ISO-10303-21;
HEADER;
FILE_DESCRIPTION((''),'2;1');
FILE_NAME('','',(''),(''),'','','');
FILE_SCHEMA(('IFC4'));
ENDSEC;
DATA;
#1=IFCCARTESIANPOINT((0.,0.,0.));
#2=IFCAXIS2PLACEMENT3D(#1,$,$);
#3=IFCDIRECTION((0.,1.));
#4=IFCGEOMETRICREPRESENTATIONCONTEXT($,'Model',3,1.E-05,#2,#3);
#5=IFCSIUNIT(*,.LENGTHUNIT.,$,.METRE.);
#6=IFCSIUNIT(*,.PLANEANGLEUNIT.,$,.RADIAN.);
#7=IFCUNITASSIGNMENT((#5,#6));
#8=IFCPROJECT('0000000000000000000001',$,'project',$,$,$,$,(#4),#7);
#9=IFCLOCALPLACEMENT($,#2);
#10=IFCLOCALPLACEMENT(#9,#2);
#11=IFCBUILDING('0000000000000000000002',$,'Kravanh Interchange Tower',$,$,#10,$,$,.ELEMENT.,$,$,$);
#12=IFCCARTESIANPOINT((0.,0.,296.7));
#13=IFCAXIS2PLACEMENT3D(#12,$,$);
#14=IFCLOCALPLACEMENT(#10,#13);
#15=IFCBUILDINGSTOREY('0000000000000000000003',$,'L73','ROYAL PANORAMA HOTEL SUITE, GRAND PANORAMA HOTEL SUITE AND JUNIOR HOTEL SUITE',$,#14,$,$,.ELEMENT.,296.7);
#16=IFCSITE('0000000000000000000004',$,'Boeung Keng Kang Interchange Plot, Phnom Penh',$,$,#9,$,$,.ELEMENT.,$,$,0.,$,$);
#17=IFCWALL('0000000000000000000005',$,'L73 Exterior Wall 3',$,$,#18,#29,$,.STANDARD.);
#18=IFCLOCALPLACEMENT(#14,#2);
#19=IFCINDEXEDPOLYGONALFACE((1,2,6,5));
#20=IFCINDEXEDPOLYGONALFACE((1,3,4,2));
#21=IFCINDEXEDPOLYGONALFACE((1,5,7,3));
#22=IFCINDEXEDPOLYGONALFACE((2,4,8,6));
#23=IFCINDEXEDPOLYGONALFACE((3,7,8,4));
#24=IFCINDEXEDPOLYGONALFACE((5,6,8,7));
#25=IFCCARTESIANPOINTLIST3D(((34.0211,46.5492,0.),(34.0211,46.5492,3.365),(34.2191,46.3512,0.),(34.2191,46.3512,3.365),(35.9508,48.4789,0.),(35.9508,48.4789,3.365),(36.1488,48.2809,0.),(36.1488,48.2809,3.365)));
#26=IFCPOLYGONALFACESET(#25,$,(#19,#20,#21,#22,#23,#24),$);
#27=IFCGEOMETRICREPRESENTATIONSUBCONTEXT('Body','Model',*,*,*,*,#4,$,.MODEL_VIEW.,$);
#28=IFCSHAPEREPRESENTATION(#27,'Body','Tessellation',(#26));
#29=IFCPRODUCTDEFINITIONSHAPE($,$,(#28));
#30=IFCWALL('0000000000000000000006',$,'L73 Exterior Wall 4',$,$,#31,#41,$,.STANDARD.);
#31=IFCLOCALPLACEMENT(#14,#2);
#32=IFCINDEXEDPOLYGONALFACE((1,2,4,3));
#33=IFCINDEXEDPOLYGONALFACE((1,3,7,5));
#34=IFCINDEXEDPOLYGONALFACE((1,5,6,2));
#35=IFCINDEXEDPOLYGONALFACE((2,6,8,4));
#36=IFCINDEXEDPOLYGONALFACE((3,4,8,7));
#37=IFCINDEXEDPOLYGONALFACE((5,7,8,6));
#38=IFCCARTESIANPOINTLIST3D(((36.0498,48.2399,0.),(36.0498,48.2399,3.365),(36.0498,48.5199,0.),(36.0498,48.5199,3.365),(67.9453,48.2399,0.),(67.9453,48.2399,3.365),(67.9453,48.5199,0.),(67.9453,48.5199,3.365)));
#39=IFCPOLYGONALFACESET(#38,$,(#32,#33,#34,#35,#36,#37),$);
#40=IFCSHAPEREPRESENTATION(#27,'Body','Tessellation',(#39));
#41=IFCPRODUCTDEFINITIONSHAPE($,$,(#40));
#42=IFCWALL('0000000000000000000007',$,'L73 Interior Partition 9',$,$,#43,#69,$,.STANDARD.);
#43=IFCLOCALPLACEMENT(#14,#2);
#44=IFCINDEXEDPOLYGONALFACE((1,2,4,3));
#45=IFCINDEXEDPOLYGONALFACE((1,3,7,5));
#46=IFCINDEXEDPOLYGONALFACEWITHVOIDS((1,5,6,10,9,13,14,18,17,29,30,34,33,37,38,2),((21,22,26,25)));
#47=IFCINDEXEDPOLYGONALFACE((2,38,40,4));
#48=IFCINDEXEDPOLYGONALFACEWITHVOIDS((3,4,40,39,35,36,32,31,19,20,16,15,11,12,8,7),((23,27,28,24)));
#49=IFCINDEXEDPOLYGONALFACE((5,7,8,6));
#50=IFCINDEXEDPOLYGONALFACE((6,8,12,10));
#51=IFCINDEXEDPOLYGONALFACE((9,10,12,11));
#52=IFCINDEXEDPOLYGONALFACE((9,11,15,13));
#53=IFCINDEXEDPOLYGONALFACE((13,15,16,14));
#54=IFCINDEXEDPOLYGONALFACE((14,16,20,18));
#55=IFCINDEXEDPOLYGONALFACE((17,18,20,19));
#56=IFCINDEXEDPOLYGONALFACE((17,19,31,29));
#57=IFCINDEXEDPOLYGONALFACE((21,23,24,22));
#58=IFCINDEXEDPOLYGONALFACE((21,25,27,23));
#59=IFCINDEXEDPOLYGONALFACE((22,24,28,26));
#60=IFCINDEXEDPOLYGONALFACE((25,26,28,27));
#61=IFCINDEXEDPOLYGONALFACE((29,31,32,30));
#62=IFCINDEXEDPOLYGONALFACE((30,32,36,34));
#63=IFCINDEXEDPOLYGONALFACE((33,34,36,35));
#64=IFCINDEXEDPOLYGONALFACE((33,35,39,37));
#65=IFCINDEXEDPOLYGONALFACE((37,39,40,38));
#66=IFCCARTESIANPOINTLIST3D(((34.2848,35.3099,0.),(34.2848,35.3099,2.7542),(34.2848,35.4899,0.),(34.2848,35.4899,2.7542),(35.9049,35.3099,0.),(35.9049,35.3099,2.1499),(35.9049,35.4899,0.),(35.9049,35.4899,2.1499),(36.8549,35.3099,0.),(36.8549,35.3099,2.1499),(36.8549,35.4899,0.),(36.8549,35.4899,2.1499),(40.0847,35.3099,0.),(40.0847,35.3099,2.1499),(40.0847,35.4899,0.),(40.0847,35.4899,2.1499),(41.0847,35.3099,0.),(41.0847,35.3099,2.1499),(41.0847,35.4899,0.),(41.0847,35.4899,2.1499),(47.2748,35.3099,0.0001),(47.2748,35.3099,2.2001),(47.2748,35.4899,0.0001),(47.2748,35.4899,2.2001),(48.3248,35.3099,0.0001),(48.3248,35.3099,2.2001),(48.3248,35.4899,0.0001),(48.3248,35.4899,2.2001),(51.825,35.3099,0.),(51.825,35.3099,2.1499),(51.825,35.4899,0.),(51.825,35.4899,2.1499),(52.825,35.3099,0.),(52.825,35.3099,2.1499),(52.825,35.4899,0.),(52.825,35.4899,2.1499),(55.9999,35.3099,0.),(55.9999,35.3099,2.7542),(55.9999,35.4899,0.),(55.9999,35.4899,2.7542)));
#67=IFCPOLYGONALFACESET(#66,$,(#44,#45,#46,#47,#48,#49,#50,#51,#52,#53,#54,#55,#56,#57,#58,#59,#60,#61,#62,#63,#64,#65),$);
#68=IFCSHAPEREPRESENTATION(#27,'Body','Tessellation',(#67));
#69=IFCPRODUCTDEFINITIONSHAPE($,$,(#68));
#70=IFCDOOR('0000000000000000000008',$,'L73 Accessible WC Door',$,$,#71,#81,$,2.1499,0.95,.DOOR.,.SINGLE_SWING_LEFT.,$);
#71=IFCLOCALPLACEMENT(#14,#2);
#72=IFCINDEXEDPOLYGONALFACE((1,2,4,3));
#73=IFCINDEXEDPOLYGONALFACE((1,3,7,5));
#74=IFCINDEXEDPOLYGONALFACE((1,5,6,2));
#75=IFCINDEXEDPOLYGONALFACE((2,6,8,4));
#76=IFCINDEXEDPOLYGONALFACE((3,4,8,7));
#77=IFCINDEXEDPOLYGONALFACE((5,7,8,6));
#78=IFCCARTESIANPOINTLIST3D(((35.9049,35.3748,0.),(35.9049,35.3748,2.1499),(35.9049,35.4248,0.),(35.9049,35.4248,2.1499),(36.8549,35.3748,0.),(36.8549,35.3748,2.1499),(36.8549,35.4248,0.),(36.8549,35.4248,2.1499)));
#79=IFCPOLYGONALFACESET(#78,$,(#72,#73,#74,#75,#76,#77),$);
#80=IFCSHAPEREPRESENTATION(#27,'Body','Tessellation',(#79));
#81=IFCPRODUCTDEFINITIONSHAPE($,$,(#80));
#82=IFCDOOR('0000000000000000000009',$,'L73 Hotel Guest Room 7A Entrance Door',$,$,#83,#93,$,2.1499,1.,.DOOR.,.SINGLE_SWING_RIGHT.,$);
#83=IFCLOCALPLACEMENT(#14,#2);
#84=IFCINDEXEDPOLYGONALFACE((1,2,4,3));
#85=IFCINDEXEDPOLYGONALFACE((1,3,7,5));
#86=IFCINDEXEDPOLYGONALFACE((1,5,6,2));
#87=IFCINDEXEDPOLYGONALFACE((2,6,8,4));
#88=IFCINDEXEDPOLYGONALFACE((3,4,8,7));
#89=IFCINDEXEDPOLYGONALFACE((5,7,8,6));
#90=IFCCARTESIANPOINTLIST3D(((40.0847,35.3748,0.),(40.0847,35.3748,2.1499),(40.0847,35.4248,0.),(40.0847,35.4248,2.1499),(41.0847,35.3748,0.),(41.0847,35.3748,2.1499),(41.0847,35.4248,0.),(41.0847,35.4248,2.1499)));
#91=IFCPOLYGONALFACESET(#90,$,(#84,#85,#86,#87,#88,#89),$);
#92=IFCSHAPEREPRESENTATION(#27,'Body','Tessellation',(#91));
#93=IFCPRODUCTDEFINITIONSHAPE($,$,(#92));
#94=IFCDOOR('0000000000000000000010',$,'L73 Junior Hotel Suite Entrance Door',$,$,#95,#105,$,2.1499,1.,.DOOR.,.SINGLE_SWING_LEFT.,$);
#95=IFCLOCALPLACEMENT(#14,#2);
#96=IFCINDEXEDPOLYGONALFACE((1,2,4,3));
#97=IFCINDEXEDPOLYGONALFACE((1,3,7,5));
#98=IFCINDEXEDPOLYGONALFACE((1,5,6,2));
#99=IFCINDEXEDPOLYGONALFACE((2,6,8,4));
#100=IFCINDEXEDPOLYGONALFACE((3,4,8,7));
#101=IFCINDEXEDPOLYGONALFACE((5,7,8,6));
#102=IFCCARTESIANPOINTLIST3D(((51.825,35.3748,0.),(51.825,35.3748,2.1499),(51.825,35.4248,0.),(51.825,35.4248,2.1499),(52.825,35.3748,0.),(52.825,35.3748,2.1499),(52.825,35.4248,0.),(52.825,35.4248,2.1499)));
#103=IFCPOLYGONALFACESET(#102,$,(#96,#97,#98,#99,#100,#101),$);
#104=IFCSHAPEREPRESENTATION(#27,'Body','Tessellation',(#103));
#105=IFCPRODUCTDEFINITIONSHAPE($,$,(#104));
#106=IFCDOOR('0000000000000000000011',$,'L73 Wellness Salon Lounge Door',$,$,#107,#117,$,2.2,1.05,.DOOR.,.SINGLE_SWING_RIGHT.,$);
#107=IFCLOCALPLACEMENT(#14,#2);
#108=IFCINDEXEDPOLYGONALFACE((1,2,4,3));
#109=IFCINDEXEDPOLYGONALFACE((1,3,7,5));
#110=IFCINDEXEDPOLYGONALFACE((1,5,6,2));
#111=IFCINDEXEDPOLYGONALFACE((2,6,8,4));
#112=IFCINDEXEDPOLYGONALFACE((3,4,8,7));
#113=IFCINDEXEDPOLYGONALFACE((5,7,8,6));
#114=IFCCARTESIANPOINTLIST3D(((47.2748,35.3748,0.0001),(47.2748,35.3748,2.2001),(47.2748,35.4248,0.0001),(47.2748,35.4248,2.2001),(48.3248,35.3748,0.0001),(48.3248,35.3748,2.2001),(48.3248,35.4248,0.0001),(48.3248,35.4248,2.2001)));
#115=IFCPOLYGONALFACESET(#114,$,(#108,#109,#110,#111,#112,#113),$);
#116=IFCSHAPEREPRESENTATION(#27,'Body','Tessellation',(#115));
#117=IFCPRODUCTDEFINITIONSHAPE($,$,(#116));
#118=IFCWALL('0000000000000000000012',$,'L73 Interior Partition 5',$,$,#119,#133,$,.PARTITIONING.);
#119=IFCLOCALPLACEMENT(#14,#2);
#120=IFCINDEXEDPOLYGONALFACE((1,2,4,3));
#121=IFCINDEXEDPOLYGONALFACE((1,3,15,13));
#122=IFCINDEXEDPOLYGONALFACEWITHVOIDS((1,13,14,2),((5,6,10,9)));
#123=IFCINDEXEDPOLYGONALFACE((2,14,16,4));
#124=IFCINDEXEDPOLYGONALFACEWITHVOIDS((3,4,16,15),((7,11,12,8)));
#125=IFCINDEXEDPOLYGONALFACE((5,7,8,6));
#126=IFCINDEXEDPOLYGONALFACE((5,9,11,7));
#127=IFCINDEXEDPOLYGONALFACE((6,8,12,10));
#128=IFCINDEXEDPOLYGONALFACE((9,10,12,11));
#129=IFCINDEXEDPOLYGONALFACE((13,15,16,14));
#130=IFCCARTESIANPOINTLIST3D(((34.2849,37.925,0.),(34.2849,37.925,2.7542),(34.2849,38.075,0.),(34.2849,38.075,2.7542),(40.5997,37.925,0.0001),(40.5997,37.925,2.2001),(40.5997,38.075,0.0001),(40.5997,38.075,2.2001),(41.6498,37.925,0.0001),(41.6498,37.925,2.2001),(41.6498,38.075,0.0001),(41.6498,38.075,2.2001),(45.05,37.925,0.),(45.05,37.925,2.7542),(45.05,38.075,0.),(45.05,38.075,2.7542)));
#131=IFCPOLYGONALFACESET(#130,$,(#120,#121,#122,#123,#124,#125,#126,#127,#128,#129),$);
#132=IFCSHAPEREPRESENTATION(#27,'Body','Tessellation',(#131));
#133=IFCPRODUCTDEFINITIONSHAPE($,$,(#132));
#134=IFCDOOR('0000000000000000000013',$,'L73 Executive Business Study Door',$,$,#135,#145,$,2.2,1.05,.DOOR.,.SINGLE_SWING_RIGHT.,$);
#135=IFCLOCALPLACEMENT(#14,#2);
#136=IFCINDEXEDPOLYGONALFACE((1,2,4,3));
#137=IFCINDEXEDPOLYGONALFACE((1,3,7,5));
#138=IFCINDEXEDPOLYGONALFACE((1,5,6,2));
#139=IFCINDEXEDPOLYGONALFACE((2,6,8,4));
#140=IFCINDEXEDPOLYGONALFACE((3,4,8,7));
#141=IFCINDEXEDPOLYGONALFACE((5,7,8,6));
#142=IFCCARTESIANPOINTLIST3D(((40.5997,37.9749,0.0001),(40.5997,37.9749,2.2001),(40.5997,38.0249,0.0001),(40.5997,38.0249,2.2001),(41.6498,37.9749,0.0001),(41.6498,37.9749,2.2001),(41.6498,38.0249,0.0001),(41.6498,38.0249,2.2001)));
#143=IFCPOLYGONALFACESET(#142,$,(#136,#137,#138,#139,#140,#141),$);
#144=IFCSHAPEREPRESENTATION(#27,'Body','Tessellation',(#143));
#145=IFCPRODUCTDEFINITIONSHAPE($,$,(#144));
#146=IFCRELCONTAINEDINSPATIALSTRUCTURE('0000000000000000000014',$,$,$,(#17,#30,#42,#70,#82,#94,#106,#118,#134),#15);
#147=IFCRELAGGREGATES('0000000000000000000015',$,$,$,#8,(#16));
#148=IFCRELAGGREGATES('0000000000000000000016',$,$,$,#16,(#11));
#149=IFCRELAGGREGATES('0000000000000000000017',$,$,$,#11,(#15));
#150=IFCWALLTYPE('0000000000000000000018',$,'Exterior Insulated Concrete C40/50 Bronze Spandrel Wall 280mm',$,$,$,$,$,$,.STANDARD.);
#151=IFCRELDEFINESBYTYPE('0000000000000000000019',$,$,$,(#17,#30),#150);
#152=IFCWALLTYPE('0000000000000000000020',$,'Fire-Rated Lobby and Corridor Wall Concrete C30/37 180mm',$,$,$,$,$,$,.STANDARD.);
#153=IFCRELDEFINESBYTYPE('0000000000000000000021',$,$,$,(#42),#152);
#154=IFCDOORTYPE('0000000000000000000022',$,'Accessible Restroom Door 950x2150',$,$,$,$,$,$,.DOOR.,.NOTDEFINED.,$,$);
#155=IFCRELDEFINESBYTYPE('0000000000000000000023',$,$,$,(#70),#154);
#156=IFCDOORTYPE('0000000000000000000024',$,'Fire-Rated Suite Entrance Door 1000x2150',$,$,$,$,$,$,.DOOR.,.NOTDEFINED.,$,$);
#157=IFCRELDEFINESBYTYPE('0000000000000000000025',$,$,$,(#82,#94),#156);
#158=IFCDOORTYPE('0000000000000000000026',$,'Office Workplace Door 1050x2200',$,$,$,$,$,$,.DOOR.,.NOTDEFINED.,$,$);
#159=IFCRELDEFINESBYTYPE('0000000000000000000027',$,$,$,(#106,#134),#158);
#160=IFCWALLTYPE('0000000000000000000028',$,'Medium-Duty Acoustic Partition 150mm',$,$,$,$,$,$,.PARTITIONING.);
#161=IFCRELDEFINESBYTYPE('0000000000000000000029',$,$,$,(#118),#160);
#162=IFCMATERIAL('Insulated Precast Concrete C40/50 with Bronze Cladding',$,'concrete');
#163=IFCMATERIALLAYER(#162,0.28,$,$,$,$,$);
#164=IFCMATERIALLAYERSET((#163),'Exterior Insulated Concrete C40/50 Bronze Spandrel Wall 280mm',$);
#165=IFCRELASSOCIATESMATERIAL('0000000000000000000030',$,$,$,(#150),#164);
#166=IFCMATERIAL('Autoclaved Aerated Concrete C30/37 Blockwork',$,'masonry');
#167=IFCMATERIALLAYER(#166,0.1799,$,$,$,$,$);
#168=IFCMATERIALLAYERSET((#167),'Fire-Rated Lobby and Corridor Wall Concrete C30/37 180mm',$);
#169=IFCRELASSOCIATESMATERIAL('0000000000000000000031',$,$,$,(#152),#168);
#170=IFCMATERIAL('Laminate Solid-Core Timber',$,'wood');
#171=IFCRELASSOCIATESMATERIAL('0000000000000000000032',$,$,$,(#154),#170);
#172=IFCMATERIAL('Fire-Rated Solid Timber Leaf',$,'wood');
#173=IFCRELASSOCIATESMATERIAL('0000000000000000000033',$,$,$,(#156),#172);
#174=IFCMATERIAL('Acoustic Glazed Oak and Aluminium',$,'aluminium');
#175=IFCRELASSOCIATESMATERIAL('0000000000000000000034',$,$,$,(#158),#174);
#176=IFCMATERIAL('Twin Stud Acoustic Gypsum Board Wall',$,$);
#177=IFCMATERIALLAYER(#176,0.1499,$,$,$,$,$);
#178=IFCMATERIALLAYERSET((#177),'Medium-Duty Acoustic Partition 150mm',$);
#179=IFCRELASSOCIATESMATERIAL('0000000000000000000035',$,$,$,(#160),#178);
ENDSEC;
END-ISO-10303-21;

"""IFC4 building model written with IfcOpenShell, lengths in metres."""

from ifc_helpers import new_model, si_unit, direction, frame, frame_2d, origin, place, context, subcontext, project, spatial, rectangle, extrude, material, layer, layer_set, type_object, element, fill, save


model = new_model("IFC4")

# Units and contexts
model_context = context("Model", 3, precision=1e-05, world=origin(), true_north=direction((0.0, 1.0)))
body_context = subcontext(model_context, "Body", "Model", "MODEL_VIEW")
ifc_project = project(units=[si_unit("LENGTHUNIT", "METRE"), si_unit("PLANEANGLEUNIT", "RADIAN")], contexts=[model_context])

# Site, building, storey
site_placement = place(None, origin())
site = spatial("IfcSite", under=ifc_project, at=site_placement, Name="Boeung Keng Kang Interchange Plot, Phnom Penh", CompositionType="ELEMENT", RefElevation=0.0)
building_placement = place(site_placement, origin())
building = spatial("IfcBuilding", under=site, at=building_placement, Name="Kravanh Interchange Tower", CompositionType="ELEMENT")
storey_placement = place(building_placement, frame((0.0, 0.0, 296.7)))
storey = spatial("IfcBuildingStorey", under=building, at=storey_placement, Name="L73", Description="ROYAL PANORAMA HOTEL SUITE, GRAND PANORAMA HOTEL SUITE AND JUNIOR HOTEL SUITE", CompositionType="ELEMENT", Elevation=296.7)

# Walls
ifc_material_1 = material(Name="Insulated Precast Concrete C40/50 with Bronze Cladding", Category="concrete")
ifc_layer_1 = layer(ifc_material_1, 0.28)
ifc_layer_set_1 = layer_set([ifc_layer_1], Name="Exterior Insulated Concrete C40/50 Bronze Spandrel Wall 280mm")
wall_type_1 = type_object("IfcWallType", Name="Exterior Insulated Concrete C40/50 Bronze Spandrel Wall 280mm", PredefinedType="STANDARD", material=ifc_layer_set_1)
wall_1_placement = place(storey_placement, frame((34.1201, 46.4502, 0.0), z_axis=(0.0, 0.0, 1.0), x_axis=(0.707107, 0.707107, 0.0)))
element("IfcWall", 1, at=wall_1_placement, inside=storey, type_object=wall_type_1, Name="L73 Exterior Wall 3", PredefinedType="STANDARD", context=body_context, shape_type="SweptSolid", body=[
    extrude(rectangle(XDim=2.729, YDim=0.28, at=frame_2d((1.3645, 0.0))), origin(), (0.0, 0.0, 1.0), 3.365),
])
wall_2_placement = place(storey_placement, frame((36.0498, 48.3799, 0.0), z_axis=(0.0, 0.0, 1.0), x_axis=(1.0, 0.0, 0.0)))
element("IfcWall", 2, at=wall_2_placement, inside=storey, type_object=wall_type_1, Name="L73 Exterior Wall 4", PredefinedType="STANDARD", context=body_context, shape_type="SweptSolid", body=[
    extrude(rectangle(XDim=31.8955, YDim=0.28, at=frame_2d((15.9478, 0.0))), origin(), (0.0, 0.0, 1.0), 3.365),
])

# Wall, openings, doors
ifc_material_2 = material(Name="Autoclaved Aerated Concrete C30/37 Blockwork", Category="masonry")
ifc_layer_2 = layer(ifc_material_2, 0.1799)
ifc_layer_set_2 = layer_set([ifc_layer_2], Name="Fire-Rated Lobby and Corridor Wall Concrete C30/37 180mm")
wall_type_2 = type_object("IfcWallType", Name="Fire-Rated Lobby and Corridor Wall Concrete C30/37 180mm", PredefinedType="STANDARD", material=ifc_layer_set_2)
wall_3_placement = place(storey_placement, frame((34.2849, 35.3999, 0.0), z_axis=(0.0, 0.0, 1.0), x_axis=(1.0, 0.0, 0.0)))
wall_3 = element("IfcWall", 3, at=wall_3_placement, inside=storey, type_object=wall_type_2, Name="L73 Interior Partition 9", PredefinedType="STANDARD", context=body_context, shape_type="SweptSolid", body=[
    extrude(rectangle(XDim=21.7151, YDim=0.1799, at=frame_2d((10.8574, 0.0))), origin(), (0.0, 0.0, 1.0), 2.7542),
])
opening_1_placement = place(wall_3_placement, frame((1.6199, 0.0, 0.0)))
opening_1 = element("IfcOpeningElement", 4, at=opening_1_placement, cuts=wall_3, PredefinedType="OPENING", context=body_context, shape_type="SweptSolid", body=[
    extrude(rectangle(XDim=0.95, YDim=2.1499, at=frame_2d((0.4751, 1.075))), frame((0.0, 0.1001, 0.0), z_axis=(0.0, -1.0, 0.0), x_axis=(1.0, 0.0, 0.0)), (0.0, 0.0, 1.0), 0.2),
])
opening_2_placement = place(wall_3_placement, frame((5.7998, 0.0, 0.0)))
opening_2 = element("IfcOpeningElement", 5, at=opening_2_placement, cuts=wall_3, PredefinedType="OPENING", context=body_context, shape_type="SweptSolid", body=[
    extrude(rectangle(XDim=1.0, YDim=2.1499, at=frame_2d((0.5, 1.075))), frame((0.0, 0.1001, 0.0), z_axis=(0.0, -1.0, 0.0), x_axis=(1.0, 0.0, 0.0)), (0.0, 0.0, 1.0), 0.2),
])
opening_3_placement = place(wall_3_placement, frame((12.99, 0.0, 0.0)))
opening_3 = element("IfcOpeningElement", 6, at=opening_3_placement, cuts=wall_3, PredefinedType="OPENING", context=body_context, shape_type="SweptSolid", body=[
    extrude(rectangle(XDim=1.05, YDim=2.2, at=frame_2d((0.5249, 1.1001))), frame((0.0, 0.1001, 0.0), z_axis=(0.0, -1.0, 0.0), x_axis=(1.0, 0.0, 0.0)), (0.0, 0.0, 1.0), 0.2),
])
opening_4_placement = place(wall_3_placement, frame((17.54, 0.0, 0.0)))
opening_4 = element("IfcOpeningElement", 7, at=opening_4_placement, cuts=wall_3, PredefinedType="OPENING", context=body_context, shape_type="SweptSolid", body=[
    extrude(rectangle(XDim=1.0, YDim=2.1499, at=frame_2d((0.5, 1.075))), frame((0.0, 0.1001, 0.0), z_axis=(0.0, -1.0, 0.0), x_axis=(1.0, 0.0, 0.0)), (0.0, 0.0, 1.0), 0.2),
])
ifc_material_3 = material(Name="Laminate Solid-Core Timber", Category="wood")
door_type_1 = type_object("IfcDoorType", Name="Accessible Restroom Door 950x2150", OperationType="NOTDEFINED", PredefinedType="DOOR", material=ifc_material_3)
door_1_placement = place(opening_1_placement, origin())
door_1 = element("IfcDoor", 8, at=door_1_placement, inside=storey, type_object=door_type_1, Name="L73 Accessible WC Door", OperationType="SINGLE_SWING_LEFT", OverallHeight=2.1499, OverallWidth=0.95, PredefinedType="DOOR", context=body_context, shape_type="SweptSolid", body=[
    extrude(rectangle(XDim=0.95, YDim=2.1499, at=frame_2d((0.4751, 1.075))), frame((0.0, 0.0249, 0.0), z_axis=(0.0, -1.0, 0.0), x_axis=(1.0, 0.0, 0.0)), (0.0, 0.0, 1.0), 0.05),
])
fill(opening_1, door_1)
ifc_material_4 = material(Name="Fire-Rated Solid Timber Leaf", Category="wood")
door_type_2 = type_object("IfcDoorType", Name="Fire-Rated Suite Entrance Door 1000x2150", OperationType="NOTDEFINED", PredefinedType="DOOR", material=ifc_material_4)
door_2_placement = place(opening_2_placement, origin())
door_2 = element("IfcDoor", 9, at=door_2_placement, inside=storey, type_object=door_type_2, Name="L73 Hotel Guest Room 7A Entrance Door", OperationType="SINGLE_SWING_RIGHT", OverallHeight=2.1499, OverallWidth=1.0, PredefinedType="DOOR", context=body_context, shape_type="SweptSolid", body=[
    extrude(rectangle(XDim=1.0, YDim=2.1499, at=frame_2d((0.5, 1.075))), frame((0.0, 0.0249, 0.0), z_axis=(0.0, -1.0, 0.0), x_axis=(1.0, 0.0, 0.0)), (0.0, 0.0, 1.0), 0.05),
])
fill(opening_2, door_2)
door_3_placement = place(opening_4_placement, origin())
door_3 = element("IfcDoor", 10, at=door_3_placement, inside=storey, type_object=door_type_2, Name="L73 Junior Hotel Suite Entrance Door", OperationType="SINGLE_SWING_LEFT", OverallHeight=2.1499, OverallWidth=1.0, PredefinedType="DOOR", context=body_context, shape_type="SweptSolid", body=[
    extrude(rectangle(XDim=1.0, YDim=2.1499, at=frame_2d((0.5, 1.075))), frame((0.0, 0.0249, 0.0), z_axis=(0.0, -1.0, 0.0), x_axis=(1.0, 0.0, 0.0)), (0.0, 0.0, 1.0), 0.05),
])
fill(opening_4, door_3)
ifc_material_5 = material(Name="Acoustic Glazed Oak and Aluminium", Category="aluminium")
door_type_3 = type_object("IfcDoorType", Name="Office Workplace Door 1050x2200", OperationType="NOTDEFINED", PredefinedType="DOOR", material=ifc_material_5)
door_4_placement = place(opening_3_placement, origin())
door_4 = element("IfcDoor", 11, at=door_4_placement, inside=storey, type_object=door_type_3, Name="L73 Wellness Salon Lounge Door", OperationType="SINGLE_SWING_RIGHT", OverallHeight=2.2, OverallWidth=1.05, PredefinedType="DOOR", context=body_context, shape_type="SweptSolid", body=[
    extrude(rectangle(XDim=1.05, YDim=2.2, at=frame_2d((0.5249, 1.1001))), frame((0.0, 0.0249, 0.0), z_axis=(0.0, -1.0, 0.0), x_axis=(1.0, 0.0, 0.0)), (0.0, 0.0, 1.0), 0.05),
])
fill(opening_3, door_4)

# Wall, opening, door
ifc_material_6 = material(Name="Twin Stud Acoustic Gypsum Board Wall")
ifc_layer_3 = layer(ifc_material_6, 0.1499)
ifc_layer_set_3 = layer_set([ifc_layer_3], Name="Medium-Duty Acoustic Partition 150mm")
wall_type_3 = type_object("IfcWallType", Name="Medium-Duty Acoustic Partition 150mm", PredefinedType="PARTITIONING", material=ifc_layer_set_3)
wall_4_placement = place(storey_placement, frame((34.2849, 38.0, 0.0), z_axis=(0.0, 0.0, 1.0), x_axis=(1.0, 0.0, 0.0)))
wall_4 = element("IfcWall", 12, at=wall_4_placement, inside=storey, type_object=wall_type_3, Name="L73 Interior Partition 5", PredefinedType="PARTITIONING", context=body_context, shape_type="SweptSolid", body=[
    extrude(rectangle(XDim=10.7651, YDim=0.1499, at=frame_2d((5.3826, 0.0))), origin(), (0.0, 0.0, 1.0), 2.7542),
])
opening_5_placement = place(wall_4_placement, frame((6.3149, 0.0, 0.0)))
opening_5 = element("IfcOpeningElement", 13, at=opening_5_placement, cuts=wall_4, PredefinedType="OPENING", context=body_context, shape_type="SweptSolid", body=[
    extrude(rectangle(XDim=1.05, YDim=2.2, at=frame_2d((0.5249, 1.1001))), frame((0.0, 0.085, 0.0), z_axis=(0.0, -1.0, 0.0), x_axis=(1.0, 0.0, 0.0)), (0.0, 0.0, 1.0), 0.1699),
])
door_5_placement = place(opening_5_placement, origin())
door_5 = element("IfcDoor", 14, at=door_5_placement, inside=storey, type_object=door_type_3, Name="L73 Executive Business Study Door", OperationType="SINGLE_SWING_RIGHT", OverallHeight=2.2, OverallWidth=1.05, PredefinedType="DOOR", context=body_context, shape_type="SweptSolid", body=[
    extrude(rectangle(XDim=1.05, YDim=2.2, at=frame_2d((0.5249, 1.1001))), frame((0.0, 0.0249, 0.0), z_axis=(0.0, -1.0, 0.0), x_axis=(1.0, 0.0, 0.0)), (0.0, 0.0, 1.0), 0.05),
])
fill(opening_5, door_5)

save(model, "model.ifc")
